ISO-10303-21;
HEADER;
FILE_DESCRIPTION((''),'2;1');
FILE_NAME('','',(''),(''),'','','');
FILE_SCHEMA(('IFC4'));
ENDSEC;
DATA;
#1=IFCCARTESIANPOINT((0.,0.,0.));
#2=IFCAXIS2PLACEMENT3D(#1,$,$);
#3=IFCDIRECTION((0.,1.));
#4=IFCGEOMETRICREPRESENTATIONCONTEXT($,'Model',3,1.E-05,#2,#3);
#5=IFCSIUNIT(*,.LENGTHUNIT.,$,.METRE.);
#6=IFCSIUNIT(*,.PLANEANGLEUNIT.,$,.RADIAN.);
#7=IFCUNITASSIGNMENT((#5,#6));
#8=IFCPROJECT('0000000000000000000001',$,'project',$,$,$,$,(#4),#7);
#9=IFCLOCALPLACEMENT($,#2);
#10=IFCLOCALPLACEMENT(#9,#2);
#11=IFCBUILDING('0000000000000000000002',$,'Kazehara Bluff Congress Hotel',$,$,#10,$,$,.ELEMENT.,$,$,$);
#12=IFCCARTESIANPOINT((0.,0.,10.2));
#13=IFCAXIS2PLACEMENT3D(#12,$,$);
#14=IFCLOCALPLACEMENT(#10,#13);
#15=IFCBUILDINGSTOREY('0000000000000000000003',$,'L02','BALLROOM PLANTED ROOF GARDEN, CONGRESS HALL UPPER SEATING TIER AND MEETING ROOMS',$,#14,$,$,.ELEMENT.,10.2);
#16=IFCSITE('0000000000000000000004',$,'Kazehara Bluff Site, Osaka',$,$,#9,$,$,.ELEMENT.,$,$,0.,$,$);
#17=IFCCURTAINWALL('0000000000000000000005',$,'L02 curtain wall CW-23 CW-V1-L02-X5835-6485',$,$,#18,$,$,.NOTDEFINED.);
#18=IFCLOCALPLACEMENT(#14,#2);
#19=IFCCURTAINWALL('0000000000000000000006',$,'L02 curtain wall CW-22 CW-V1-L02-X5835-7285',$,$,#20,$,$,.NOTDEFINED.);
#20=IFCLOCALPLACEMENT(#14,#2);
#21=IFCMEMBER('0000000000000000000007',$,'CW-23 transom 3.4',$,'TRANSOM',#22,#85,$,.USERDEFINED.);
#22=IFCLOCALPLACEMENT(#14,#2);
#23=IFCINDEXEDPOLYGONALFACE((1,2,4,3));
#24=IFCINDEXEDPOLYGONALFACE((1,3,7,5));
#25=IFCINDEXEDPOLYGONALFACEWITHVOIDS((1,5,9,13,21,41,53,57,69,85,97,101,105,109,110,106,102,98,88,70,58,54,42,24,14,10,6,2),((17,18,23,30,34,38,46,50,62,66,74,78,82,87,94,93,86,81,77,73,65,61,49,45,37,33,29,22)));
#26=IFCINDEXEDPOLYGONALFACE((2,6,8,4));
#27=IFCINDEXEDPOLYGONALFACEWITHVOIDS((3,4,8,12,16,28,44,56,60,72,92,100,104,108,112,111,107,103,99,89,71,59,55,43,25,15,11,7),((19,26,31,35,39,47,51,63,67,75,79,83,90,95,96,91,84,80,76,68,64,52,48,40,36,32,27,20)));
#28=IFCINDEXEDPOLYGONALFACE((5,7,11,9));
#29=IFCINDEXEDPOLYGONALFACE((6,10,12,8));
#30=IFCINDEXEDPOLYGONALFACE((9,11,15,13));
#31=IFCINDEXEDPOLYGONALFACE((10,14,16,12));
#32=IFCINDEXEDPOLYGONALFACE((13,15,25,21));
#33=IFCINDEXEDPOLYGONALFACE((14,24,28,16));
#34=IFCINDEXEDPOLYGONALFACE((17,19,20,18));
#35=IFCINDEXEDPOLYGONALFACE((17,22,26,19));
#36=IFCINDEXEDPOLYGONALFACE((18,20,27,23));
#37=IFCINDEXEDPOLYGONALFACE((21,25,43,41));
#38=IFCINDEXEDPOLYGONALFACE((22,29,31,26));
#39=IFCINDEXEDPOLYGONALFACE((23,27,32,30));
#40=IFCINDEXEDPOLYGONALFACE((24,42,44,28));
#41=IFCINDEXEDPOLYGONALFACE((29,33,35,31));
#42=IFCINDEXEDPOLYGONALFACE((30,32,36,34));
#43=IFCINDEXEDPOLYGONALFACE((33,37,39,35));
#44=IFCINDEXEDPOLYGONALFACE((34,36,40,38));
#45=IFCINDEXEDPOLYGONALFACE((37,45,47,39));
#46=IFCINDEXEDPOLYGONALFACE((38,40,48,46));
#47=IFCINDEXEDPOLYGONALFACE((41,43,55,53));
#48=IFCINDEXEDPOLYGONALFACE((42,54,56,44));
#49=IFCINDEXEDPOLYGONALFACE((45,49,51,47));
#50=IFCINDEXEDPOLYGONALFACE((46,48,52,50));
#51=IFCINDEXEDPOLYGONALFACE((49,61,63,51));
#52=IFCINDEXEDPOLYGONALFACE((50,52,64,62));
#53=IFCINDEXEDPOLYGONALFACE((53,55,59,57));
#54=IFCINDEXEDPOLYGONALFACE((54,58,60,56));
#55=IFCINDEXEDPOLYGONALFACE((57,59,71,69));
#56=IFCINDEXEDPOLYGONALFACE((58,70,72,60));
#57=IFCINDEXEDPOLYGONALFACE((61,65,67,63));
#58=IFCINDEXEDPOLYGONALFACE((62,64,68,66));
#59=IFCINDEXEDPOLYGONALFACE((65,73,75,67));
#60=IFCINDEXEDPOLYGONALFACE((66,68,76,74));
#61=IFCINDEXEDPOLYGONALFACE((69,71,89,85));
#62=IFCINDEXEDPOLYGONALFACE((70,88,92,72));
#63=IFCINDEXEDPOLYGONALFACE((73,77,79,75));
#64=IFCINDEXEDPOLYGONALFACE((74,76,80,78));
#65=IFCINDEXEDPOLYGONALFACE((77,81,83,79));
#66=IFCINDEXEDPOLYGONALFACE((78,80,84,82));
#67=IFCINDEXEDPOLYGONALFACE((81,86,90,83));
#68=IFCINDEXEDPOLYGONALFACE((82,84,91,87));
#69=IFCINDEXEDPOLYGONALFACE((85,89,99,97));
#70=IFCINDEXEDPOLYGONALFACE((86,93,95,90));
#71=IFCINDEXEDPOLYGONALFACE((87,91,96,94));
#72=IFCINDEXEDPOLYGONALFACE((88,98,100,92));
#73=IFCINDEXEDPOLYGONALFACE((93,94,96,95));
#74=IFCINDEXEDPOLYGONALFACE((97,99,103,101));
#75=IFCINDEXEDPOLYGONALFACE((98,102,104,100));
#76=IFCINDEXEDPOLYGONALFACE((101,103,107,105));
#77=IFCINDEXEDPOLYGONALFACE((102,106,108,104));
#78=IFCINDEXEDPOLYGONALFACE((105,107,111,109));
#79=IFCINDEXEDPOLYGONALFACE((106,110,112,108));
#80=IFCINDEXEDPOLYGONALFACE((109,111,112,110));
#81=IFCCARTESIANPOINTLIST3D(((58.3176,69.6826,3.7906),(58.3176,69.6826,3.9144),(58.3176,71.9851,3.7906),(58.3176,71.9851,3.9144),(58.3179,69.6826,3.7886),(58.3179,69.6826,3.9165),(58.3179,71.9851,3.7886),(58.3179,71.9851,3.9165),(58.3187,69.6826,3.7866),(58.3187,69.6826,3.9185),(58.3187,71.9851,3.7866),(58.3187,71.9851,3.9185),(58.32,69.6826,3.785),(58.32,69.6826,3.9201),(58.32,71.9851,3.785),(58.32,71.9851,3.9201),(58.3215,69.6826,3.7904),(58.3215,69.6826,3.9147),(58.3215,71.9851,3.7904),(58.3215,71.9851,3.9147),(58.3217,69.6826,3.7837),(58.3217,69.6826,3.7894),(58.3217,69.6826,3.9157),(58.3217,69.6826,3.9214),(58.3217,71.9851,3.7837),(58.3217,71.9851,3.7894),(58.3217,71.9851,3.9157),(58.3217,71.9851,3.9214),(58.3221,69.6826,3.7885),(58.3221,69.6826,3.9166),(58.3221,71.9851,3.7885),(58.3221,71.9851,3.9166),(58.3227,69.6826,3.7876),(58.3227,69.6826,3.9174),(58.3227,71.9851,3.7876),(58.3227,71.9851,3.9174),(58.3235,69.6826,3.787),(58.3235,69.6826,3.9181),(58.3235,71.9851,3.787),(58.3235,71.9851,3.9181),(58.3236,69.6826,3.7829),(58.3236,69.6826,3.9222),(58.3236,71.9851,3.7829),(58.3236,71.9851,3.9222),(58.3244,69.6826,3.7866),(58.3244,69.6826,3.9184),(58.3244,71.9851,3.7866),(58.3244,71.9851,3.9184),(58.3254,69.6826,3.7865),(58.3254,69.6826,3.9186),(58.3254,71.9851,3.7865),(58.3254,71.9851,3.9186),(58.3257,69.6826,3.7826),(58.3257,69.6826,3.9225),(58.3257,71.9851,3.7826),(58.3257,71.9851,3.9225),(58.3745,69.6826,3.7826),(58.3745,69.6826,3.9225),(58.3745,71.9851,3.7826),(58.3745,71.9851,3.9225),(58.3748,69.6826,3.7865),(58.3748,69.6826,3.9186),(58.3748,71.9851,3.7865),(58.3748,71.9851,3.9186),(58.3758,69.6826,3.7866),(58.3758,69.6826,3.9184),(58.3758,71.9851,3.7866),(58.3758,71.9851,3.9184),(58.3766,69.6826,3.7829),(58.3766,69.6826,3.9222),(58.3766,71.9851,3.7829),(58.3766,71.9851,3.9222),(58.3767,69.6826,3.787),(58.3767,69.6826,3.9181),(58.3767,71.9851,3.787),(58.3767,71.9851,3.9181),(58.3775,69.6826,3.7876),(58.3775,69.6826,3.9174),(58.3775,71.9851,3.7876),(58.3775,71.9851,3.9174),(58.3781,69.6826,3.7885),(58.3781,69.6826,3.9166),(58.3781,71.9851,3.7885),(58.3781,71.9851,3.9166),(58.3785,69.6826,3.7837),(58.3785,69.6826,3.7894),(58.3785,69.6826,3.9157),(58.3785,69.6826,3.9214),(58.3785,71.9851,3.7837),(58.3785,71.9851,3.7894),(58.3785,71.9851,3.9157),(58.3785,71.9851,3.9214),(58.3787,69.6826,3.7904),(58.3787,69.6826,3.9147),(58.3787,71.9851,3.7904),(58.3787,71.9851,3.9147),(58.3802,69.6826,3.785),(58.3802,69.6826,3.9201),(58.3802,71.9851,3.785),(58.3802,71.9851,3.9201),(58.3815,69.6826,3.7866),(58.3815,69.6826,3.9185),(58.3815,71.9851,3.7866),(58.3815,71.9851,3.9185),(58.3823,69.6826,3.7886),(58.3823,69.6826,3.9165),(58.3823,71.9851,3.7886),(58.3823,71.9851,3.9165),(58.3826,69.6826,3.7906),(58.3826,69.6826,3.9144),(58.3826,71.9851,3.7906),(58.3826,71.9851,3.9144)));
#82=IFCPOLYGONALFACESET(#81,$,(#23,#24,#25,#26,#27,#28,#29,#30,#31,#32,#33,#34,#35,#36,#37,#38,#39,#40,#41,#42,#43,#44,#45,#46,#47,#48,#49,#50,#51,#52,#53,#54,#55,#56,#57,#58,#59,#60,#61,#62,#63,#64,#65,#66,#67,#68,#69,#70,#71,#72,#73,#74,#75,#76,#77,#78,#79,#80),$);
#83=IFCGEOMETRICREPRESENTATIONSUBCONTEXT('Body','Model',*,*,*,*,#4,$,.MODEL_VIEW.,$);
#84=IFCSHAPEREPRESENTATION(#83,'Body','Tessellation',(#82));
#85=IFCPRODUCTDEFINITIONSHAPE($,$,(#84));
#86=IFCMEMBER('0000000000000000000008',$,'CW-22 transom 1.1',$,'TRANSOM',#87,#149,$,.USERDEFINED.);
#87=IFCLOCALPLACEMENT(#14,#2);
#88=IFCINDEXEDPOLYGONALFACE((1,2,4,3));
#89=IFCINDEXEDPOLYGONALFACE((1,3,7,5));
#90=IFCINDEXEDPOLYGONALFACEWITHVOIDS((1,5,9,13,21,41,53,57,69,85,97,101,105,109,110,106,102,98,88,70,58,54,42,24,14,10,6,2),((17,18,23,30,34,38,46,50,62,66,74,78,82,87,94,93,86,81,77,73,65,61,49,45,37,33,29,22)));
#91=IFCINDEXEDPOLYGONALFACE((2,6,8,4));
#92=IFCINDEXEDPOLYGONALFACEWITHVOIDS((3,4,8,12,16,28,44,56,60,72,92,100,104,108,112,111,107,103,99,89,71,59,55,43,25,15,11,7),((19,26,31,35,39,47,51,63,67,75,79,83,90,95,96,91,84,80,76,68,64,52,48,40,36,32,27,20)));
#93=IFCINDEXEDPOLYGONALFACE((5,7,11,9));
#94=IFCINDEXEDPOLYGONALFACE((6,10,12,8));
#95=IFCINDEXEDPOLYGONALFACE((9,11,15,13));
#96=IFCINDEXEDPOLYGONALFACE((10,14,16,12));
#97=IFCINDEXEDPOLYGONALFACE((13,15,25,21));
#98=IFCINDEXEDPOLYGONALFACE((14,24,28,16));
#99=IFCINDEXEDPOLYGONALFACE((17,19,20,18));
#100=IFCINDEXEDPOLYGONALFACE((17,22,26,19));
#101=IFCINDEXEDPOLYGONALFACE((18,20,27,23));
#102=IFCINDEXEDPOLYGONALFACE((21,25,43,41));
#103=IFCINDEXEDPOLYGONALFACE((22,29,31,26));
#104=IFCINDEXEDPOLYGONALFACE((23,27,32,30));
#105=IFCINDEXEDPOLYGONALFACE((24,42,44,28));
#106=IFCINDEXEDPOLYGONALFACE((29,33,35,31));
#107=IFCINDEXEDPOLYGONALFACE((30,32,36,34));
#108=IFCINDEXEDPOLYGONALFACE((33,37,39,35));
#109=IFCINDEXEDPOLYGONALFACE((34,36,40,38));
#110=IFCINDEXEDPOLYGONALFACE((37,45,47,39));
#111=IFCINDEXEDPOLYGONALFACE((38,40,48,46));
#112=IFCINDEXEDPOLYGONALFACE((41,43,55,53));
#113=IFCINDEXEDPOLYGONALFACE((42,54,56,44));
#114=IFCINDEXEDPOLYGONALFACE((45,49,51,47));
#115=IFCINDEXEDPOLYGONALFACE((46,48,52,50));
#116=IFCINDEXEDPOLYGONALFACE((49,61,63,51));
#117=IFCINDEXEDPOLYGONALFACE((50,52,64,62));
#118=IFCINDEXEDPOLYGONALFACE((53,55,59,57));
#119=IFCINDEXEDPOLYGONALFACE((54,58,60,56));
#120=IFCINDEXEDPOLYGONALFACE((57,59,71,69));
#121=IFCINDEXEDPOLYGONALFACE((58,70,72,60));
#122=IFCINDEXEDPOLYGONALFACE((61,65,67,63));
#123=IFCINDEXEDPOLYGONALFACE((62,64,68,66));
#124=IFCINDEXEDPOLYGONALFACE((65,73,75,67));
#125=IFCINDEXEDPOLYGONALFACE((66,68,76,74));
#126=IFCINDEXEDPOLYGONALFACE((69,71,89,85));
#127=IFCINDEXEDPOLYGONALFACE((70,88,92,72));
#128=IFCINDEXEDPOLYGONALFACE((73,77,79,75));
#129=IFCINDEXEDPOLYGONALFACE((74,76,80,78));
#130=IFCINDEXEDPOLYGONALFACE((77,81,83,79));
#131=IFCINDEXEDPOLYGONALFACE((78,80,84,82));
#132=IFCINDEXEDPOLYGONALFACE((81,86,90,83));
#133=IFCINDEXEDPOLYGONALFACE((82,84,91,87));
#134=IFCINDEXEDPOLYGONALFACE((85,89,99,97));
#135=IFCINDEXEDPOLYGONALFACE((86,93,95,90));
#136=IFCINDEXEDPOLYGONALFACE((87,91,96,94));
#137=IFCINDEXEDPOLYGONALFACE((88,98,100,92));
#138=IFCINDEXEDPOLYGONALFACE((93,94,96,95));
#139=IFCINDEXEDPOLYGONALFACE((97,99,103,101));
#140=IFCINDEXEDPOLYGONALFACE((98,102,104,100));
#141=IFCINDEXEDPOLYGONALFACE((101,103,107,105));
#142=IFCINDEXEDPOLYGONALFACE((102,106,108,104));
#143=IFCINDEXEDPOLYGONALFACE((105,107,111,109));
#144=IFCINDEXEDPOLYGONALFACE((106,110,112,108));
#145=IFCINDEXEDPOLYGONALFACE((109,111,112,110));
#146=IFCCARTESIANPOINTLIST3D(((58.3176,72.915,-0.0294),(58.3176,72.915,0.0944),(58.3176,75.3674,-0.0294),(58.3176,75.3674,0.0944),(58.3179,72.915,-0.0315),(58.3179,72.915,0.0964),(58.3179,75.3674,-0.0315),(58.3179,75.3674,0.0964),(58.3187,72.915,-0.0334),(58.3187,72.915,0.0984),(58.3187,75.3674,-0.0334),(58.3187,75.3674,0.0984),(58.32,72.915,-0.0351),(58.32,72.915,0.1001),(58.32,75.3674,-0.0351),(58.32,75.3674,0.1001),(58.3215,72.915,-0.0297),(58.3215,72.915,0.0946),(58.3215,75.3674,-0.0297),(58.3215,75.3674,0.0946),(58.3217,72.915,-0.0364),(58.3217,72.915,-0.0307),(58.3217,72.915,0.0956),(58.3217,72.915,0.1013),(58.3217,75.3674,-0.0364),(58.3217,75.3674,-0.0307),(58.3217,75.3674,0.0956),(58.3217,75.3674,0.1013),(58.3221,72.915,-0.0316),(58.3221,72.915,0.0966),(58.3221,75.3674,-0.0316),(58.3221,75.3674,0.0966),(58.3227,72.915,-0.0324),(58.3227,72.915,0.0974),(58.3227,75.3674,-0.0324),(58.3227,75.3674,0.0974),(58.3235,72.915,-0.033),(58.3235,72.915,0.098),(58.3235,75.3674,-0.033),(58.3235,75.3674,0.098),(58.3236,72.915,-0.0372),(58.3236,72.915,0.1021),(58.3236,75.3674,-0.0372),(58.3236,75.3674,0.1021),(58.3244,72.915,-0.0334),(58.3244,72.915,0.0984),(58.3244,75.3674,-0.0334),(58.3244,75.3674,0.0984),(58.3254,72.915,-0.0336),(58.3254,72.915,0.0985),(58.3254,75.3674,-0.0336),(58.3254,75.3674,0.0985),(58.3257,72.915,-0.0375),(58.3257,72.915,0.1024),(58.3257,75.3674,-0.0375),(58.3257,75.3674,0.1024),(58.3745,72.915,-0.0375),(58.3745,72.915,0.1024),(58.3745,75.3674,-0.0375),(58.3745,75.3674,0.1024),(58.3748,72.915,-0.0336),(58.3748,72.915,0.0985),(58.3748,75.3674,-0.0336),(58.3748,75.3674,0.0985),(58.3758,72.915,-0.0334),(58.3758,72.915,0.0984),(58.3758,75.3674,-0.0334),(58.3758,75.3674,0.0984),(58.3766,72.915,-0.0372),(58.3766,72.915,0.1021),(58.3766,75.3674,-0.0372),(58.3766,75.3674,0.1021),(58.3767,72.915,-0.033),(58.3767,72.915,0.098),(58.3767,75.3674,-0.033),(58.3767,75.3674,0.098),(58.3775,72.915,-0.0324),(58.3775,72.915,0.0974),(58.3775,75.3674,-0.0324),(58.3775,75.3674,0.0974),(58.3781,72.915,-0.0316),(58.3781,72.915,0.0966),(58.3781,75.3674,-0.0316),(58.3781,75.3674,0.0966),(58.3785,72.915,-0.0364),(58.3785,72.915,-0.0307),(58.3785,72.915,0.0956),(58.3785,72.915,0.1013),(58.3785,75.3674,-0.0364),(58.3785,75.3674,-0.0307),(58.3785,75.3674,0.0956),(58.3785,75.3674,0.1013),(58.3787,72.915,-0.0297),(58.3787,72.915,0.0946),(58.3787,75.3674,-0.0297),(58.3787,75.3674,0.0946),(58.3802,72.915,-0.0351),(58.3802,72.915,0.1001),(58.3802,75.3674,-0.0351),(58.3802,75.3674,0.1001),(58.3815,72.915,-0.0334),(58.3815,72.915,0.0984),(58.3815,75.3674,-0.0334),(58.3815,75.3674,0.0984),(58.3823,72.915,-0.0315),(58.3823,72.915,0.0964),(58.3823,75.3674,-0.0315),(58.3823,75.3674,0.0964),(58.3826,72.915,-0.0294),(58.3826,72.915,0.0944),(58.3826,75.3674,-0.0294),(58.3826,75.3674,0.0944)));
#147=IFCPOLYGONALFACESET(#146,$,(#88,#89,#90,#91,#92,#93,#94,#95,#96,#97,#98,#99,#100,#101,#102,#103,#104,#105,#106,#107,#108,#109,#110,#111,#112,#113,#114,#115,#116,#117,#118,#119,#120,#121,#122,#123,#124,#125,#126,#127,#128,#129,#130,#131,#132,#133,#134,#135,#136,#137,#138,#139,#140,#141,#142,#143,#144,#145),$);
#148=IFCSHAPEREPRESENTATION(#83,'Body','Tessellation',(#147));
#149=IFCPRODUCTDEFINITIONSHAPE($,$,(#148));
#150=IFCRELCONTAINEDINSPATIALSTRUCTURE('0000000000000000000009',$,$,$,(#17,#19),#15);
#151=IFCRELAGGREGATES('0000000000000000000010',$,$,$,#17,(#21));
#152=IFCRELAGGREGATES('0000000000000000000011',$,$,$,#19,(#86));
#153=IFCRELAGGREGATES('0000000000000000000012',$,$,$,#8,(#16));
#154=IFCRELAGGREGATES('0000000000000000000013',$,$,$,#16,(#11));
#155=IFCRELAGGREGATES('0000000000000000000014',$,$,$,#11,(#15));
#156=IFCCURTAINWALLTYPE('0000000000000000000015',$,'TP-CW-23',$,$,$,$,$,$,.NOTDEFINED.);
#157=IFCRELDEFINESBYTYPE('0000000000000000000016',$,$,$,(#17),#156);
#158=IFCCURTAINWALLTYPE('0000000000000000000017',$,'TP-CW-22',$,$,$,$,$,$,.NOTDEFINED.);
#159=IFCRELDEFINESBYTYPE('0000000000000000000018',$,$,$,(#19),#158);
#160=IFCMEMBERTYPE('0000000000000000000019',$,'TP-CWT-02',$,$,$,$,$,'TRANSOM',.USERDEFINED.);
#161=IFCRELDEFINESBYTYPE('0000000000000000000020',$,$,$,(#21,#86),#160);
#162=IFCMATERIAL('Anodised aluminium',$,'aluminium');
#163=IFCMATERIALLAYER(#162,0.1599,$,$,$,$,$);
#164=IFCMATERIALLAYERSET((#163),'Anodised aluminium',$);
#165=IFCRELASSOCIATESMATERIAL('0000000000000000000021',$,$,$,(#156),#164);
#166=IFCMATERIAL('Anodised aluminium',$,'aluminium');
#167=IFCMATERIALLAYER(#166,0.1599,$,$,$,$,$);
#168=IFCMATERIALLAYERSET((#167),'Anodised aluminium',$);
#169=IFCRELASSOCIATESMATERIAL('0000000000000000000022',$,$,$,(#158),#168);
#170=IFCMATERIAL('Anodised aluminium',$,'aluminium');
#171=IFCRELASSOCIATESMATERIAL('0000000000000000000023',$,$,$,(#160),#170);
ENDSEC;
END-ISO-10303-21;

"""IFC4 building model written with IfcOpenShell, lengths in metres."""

from ifc_helpers import new_model, si_unit, direction, frame, origin, origin_2d, place, context, subcontext, project, spatial, hollow_rectangle, extrude, material, layer, layer_set, material_profile, profile_set, type_object, element, aggregate, save


model = new_model("IFC4")

# Units and contexts
model_context = context("Model", 3, precision=1e-05, world=origin(), true_north=direction((0.0, 1.0)))
body_context = subcontext(model_context, "Body", "Model", "MODEL_VIEW")
ifc_project = project(units=[si_unit("LENGTHUNIT", "METRE"), si_unit("PLANEANGLEUNIT", "RADIAN")], contexts=[model_context])

# Site, building, storey
site_placement = place(None, origin())
site = spatial("IfcSite", under=ifc_project, at=site_placement, Name="Kazehara Bluff Site, Osaka", CompositionType="ELEMENT", RefElevation=0.0)
building_placement = place(site_placement, origin())
building = spatial("IfcBuilding", under=site, at=building_placement, Name="Kazehara Bluff Congress Hotel", CompositionType="ELEMENT")
storey_placement = place(building_placement, frame((0.0, 0.0, 10.2)))
storey = spatial("IfcBuildingStorey", under=building, at=storey_placement, Name="L02", Description="BALLROOM PLANTED ROOF GARDEN, CONGRESS HALL UPPER SEATING TIER AND MEETING ROOMS", CompositionType="ELEMENT", Elevation=10.2)

# Curtain walls
ifc_material_1 = material(Name="Anodised aluminium", Category="aluminium")
ifc_layer_1 = layer(ifc_material_1, 0.1599)
ifc_layer_set_1 = layer_set([ifc_layer_1], Name="Anodised aluminium")
curtain_wall_type_1 = type_object("IfcCurtainWallType", Name="TP-CW-23", PredefinedType="NOTDEFINED", material=ifc_layer_set_1)
curtain_wall_1_placement = place(storey_placement, origin())
curtain_wall_1 = element("IfcCurtainWall", 1, at=curtain_wall_1_placement, inside=storey, type_object=curtain_wall_type_1, Name="L02 curtain wall CW-23 CW-V1-L02-X5835-6485", PredefinedType="NOTDEFINED")
ifc_material_2 = material(Name="Anodised aluminium", Category="aluminium")
ifc_layer_2 = layer(ifc_material_2, 0.1599)
ifc_layer_set_2 = layer_set([ifc_layer_2], Name="Anodised aluminium")
curtain_wall_type_2 = type_object("IfcCurtainWallType", Name="TP-CW-22", PredefinedType="NOTDEFINED", material=ifc_layer_set_2)
curtain_wall_2_placement = place(storey_placement, origin())
curtain_wall_2 = element("IfcCurtainWall", 2, at=curtain_wall_2_placement, inside=storey, type_object=curtain_wall_type_2, Name="L02 curtain wall CW-22 CW-V1-L02-X5835-7285", PredefinedType="NOTDEFINED")

# Members
ifc_material_3 = material(Name="Anodised aluminium", Category="aluminium")
ifc_material_profile_1 = material_profile(ifc_material_3, hollow_rectangle(XDim=0.0649, YDim=0.1399, WallThickness=0.0039, InnerFilletRadius=0.0039, OuterFilletRadius=0.0081, at=origin_2d()))
ifc_profile_set_1 = profile_set([ifc_material_profile_1], Name="Anodised aluminium")
member_type_1 = type_object("IfcMemberType", Name="TP-CWT-02", ElementType="TRANSOM", PredefinedType="USERDEFINED", material=ifc_profile_set_1)
member_1_placement = place(storey_placement, frame((58.3501, 69.6826, 3.8525), z_axis=(0.0, 1.0, 0.0), x_axis=(-1.0, 0.0, 0.0)))
member_1 = element("IfcMember", 3, at=member_1_placement, type_object=member_type_1, Name="CW-23 transom 3.4", ObjectType="TRANSOM", PredefinedType="USERDEFINED", context=body_context, shape_type="SweptSolid", body=[
    extrude(hollow_rectangle(XDim=0.0649, YDim=0.1399, WallThickness=0.0039, InnerFilletRadius=0.0039, OuterFilletRadius=0.0081, at=origin_2d()), origin(), (0.0, 0.0, 1.0), 2.3025),
])
member_2_placement = place(storey_placement, frame((58.3501, 72.915, 0.0325), z_axis=(0.0, 1.0, 0.0), x_axis=(-1.0, 0.0, 0.0)))
member_2 = element("IfcMember", 4, at=member_2_placement, type_object=member_type_1, Name="CW-22 transom 1.1", ObjectType="TRANSOM", PredefinedType="USERDEFINED", context=body_context, shape_type="SweptSolid", body=[
    extrude(hollow_rectangle(XDim=0.0649, YDim=0.1399, WallThickness=0.0039, InnerFilletRadius=0.0039, OuterFilletRadius=0.0081, at=origin_2d()), origin(), (0.0, 0.0, 1.0), 2.4524),
])

aggregate(curtain_wall_1, [member_1])
aggregate(curtain_wall_2, [member_2])

save(model, "model.ifc")
